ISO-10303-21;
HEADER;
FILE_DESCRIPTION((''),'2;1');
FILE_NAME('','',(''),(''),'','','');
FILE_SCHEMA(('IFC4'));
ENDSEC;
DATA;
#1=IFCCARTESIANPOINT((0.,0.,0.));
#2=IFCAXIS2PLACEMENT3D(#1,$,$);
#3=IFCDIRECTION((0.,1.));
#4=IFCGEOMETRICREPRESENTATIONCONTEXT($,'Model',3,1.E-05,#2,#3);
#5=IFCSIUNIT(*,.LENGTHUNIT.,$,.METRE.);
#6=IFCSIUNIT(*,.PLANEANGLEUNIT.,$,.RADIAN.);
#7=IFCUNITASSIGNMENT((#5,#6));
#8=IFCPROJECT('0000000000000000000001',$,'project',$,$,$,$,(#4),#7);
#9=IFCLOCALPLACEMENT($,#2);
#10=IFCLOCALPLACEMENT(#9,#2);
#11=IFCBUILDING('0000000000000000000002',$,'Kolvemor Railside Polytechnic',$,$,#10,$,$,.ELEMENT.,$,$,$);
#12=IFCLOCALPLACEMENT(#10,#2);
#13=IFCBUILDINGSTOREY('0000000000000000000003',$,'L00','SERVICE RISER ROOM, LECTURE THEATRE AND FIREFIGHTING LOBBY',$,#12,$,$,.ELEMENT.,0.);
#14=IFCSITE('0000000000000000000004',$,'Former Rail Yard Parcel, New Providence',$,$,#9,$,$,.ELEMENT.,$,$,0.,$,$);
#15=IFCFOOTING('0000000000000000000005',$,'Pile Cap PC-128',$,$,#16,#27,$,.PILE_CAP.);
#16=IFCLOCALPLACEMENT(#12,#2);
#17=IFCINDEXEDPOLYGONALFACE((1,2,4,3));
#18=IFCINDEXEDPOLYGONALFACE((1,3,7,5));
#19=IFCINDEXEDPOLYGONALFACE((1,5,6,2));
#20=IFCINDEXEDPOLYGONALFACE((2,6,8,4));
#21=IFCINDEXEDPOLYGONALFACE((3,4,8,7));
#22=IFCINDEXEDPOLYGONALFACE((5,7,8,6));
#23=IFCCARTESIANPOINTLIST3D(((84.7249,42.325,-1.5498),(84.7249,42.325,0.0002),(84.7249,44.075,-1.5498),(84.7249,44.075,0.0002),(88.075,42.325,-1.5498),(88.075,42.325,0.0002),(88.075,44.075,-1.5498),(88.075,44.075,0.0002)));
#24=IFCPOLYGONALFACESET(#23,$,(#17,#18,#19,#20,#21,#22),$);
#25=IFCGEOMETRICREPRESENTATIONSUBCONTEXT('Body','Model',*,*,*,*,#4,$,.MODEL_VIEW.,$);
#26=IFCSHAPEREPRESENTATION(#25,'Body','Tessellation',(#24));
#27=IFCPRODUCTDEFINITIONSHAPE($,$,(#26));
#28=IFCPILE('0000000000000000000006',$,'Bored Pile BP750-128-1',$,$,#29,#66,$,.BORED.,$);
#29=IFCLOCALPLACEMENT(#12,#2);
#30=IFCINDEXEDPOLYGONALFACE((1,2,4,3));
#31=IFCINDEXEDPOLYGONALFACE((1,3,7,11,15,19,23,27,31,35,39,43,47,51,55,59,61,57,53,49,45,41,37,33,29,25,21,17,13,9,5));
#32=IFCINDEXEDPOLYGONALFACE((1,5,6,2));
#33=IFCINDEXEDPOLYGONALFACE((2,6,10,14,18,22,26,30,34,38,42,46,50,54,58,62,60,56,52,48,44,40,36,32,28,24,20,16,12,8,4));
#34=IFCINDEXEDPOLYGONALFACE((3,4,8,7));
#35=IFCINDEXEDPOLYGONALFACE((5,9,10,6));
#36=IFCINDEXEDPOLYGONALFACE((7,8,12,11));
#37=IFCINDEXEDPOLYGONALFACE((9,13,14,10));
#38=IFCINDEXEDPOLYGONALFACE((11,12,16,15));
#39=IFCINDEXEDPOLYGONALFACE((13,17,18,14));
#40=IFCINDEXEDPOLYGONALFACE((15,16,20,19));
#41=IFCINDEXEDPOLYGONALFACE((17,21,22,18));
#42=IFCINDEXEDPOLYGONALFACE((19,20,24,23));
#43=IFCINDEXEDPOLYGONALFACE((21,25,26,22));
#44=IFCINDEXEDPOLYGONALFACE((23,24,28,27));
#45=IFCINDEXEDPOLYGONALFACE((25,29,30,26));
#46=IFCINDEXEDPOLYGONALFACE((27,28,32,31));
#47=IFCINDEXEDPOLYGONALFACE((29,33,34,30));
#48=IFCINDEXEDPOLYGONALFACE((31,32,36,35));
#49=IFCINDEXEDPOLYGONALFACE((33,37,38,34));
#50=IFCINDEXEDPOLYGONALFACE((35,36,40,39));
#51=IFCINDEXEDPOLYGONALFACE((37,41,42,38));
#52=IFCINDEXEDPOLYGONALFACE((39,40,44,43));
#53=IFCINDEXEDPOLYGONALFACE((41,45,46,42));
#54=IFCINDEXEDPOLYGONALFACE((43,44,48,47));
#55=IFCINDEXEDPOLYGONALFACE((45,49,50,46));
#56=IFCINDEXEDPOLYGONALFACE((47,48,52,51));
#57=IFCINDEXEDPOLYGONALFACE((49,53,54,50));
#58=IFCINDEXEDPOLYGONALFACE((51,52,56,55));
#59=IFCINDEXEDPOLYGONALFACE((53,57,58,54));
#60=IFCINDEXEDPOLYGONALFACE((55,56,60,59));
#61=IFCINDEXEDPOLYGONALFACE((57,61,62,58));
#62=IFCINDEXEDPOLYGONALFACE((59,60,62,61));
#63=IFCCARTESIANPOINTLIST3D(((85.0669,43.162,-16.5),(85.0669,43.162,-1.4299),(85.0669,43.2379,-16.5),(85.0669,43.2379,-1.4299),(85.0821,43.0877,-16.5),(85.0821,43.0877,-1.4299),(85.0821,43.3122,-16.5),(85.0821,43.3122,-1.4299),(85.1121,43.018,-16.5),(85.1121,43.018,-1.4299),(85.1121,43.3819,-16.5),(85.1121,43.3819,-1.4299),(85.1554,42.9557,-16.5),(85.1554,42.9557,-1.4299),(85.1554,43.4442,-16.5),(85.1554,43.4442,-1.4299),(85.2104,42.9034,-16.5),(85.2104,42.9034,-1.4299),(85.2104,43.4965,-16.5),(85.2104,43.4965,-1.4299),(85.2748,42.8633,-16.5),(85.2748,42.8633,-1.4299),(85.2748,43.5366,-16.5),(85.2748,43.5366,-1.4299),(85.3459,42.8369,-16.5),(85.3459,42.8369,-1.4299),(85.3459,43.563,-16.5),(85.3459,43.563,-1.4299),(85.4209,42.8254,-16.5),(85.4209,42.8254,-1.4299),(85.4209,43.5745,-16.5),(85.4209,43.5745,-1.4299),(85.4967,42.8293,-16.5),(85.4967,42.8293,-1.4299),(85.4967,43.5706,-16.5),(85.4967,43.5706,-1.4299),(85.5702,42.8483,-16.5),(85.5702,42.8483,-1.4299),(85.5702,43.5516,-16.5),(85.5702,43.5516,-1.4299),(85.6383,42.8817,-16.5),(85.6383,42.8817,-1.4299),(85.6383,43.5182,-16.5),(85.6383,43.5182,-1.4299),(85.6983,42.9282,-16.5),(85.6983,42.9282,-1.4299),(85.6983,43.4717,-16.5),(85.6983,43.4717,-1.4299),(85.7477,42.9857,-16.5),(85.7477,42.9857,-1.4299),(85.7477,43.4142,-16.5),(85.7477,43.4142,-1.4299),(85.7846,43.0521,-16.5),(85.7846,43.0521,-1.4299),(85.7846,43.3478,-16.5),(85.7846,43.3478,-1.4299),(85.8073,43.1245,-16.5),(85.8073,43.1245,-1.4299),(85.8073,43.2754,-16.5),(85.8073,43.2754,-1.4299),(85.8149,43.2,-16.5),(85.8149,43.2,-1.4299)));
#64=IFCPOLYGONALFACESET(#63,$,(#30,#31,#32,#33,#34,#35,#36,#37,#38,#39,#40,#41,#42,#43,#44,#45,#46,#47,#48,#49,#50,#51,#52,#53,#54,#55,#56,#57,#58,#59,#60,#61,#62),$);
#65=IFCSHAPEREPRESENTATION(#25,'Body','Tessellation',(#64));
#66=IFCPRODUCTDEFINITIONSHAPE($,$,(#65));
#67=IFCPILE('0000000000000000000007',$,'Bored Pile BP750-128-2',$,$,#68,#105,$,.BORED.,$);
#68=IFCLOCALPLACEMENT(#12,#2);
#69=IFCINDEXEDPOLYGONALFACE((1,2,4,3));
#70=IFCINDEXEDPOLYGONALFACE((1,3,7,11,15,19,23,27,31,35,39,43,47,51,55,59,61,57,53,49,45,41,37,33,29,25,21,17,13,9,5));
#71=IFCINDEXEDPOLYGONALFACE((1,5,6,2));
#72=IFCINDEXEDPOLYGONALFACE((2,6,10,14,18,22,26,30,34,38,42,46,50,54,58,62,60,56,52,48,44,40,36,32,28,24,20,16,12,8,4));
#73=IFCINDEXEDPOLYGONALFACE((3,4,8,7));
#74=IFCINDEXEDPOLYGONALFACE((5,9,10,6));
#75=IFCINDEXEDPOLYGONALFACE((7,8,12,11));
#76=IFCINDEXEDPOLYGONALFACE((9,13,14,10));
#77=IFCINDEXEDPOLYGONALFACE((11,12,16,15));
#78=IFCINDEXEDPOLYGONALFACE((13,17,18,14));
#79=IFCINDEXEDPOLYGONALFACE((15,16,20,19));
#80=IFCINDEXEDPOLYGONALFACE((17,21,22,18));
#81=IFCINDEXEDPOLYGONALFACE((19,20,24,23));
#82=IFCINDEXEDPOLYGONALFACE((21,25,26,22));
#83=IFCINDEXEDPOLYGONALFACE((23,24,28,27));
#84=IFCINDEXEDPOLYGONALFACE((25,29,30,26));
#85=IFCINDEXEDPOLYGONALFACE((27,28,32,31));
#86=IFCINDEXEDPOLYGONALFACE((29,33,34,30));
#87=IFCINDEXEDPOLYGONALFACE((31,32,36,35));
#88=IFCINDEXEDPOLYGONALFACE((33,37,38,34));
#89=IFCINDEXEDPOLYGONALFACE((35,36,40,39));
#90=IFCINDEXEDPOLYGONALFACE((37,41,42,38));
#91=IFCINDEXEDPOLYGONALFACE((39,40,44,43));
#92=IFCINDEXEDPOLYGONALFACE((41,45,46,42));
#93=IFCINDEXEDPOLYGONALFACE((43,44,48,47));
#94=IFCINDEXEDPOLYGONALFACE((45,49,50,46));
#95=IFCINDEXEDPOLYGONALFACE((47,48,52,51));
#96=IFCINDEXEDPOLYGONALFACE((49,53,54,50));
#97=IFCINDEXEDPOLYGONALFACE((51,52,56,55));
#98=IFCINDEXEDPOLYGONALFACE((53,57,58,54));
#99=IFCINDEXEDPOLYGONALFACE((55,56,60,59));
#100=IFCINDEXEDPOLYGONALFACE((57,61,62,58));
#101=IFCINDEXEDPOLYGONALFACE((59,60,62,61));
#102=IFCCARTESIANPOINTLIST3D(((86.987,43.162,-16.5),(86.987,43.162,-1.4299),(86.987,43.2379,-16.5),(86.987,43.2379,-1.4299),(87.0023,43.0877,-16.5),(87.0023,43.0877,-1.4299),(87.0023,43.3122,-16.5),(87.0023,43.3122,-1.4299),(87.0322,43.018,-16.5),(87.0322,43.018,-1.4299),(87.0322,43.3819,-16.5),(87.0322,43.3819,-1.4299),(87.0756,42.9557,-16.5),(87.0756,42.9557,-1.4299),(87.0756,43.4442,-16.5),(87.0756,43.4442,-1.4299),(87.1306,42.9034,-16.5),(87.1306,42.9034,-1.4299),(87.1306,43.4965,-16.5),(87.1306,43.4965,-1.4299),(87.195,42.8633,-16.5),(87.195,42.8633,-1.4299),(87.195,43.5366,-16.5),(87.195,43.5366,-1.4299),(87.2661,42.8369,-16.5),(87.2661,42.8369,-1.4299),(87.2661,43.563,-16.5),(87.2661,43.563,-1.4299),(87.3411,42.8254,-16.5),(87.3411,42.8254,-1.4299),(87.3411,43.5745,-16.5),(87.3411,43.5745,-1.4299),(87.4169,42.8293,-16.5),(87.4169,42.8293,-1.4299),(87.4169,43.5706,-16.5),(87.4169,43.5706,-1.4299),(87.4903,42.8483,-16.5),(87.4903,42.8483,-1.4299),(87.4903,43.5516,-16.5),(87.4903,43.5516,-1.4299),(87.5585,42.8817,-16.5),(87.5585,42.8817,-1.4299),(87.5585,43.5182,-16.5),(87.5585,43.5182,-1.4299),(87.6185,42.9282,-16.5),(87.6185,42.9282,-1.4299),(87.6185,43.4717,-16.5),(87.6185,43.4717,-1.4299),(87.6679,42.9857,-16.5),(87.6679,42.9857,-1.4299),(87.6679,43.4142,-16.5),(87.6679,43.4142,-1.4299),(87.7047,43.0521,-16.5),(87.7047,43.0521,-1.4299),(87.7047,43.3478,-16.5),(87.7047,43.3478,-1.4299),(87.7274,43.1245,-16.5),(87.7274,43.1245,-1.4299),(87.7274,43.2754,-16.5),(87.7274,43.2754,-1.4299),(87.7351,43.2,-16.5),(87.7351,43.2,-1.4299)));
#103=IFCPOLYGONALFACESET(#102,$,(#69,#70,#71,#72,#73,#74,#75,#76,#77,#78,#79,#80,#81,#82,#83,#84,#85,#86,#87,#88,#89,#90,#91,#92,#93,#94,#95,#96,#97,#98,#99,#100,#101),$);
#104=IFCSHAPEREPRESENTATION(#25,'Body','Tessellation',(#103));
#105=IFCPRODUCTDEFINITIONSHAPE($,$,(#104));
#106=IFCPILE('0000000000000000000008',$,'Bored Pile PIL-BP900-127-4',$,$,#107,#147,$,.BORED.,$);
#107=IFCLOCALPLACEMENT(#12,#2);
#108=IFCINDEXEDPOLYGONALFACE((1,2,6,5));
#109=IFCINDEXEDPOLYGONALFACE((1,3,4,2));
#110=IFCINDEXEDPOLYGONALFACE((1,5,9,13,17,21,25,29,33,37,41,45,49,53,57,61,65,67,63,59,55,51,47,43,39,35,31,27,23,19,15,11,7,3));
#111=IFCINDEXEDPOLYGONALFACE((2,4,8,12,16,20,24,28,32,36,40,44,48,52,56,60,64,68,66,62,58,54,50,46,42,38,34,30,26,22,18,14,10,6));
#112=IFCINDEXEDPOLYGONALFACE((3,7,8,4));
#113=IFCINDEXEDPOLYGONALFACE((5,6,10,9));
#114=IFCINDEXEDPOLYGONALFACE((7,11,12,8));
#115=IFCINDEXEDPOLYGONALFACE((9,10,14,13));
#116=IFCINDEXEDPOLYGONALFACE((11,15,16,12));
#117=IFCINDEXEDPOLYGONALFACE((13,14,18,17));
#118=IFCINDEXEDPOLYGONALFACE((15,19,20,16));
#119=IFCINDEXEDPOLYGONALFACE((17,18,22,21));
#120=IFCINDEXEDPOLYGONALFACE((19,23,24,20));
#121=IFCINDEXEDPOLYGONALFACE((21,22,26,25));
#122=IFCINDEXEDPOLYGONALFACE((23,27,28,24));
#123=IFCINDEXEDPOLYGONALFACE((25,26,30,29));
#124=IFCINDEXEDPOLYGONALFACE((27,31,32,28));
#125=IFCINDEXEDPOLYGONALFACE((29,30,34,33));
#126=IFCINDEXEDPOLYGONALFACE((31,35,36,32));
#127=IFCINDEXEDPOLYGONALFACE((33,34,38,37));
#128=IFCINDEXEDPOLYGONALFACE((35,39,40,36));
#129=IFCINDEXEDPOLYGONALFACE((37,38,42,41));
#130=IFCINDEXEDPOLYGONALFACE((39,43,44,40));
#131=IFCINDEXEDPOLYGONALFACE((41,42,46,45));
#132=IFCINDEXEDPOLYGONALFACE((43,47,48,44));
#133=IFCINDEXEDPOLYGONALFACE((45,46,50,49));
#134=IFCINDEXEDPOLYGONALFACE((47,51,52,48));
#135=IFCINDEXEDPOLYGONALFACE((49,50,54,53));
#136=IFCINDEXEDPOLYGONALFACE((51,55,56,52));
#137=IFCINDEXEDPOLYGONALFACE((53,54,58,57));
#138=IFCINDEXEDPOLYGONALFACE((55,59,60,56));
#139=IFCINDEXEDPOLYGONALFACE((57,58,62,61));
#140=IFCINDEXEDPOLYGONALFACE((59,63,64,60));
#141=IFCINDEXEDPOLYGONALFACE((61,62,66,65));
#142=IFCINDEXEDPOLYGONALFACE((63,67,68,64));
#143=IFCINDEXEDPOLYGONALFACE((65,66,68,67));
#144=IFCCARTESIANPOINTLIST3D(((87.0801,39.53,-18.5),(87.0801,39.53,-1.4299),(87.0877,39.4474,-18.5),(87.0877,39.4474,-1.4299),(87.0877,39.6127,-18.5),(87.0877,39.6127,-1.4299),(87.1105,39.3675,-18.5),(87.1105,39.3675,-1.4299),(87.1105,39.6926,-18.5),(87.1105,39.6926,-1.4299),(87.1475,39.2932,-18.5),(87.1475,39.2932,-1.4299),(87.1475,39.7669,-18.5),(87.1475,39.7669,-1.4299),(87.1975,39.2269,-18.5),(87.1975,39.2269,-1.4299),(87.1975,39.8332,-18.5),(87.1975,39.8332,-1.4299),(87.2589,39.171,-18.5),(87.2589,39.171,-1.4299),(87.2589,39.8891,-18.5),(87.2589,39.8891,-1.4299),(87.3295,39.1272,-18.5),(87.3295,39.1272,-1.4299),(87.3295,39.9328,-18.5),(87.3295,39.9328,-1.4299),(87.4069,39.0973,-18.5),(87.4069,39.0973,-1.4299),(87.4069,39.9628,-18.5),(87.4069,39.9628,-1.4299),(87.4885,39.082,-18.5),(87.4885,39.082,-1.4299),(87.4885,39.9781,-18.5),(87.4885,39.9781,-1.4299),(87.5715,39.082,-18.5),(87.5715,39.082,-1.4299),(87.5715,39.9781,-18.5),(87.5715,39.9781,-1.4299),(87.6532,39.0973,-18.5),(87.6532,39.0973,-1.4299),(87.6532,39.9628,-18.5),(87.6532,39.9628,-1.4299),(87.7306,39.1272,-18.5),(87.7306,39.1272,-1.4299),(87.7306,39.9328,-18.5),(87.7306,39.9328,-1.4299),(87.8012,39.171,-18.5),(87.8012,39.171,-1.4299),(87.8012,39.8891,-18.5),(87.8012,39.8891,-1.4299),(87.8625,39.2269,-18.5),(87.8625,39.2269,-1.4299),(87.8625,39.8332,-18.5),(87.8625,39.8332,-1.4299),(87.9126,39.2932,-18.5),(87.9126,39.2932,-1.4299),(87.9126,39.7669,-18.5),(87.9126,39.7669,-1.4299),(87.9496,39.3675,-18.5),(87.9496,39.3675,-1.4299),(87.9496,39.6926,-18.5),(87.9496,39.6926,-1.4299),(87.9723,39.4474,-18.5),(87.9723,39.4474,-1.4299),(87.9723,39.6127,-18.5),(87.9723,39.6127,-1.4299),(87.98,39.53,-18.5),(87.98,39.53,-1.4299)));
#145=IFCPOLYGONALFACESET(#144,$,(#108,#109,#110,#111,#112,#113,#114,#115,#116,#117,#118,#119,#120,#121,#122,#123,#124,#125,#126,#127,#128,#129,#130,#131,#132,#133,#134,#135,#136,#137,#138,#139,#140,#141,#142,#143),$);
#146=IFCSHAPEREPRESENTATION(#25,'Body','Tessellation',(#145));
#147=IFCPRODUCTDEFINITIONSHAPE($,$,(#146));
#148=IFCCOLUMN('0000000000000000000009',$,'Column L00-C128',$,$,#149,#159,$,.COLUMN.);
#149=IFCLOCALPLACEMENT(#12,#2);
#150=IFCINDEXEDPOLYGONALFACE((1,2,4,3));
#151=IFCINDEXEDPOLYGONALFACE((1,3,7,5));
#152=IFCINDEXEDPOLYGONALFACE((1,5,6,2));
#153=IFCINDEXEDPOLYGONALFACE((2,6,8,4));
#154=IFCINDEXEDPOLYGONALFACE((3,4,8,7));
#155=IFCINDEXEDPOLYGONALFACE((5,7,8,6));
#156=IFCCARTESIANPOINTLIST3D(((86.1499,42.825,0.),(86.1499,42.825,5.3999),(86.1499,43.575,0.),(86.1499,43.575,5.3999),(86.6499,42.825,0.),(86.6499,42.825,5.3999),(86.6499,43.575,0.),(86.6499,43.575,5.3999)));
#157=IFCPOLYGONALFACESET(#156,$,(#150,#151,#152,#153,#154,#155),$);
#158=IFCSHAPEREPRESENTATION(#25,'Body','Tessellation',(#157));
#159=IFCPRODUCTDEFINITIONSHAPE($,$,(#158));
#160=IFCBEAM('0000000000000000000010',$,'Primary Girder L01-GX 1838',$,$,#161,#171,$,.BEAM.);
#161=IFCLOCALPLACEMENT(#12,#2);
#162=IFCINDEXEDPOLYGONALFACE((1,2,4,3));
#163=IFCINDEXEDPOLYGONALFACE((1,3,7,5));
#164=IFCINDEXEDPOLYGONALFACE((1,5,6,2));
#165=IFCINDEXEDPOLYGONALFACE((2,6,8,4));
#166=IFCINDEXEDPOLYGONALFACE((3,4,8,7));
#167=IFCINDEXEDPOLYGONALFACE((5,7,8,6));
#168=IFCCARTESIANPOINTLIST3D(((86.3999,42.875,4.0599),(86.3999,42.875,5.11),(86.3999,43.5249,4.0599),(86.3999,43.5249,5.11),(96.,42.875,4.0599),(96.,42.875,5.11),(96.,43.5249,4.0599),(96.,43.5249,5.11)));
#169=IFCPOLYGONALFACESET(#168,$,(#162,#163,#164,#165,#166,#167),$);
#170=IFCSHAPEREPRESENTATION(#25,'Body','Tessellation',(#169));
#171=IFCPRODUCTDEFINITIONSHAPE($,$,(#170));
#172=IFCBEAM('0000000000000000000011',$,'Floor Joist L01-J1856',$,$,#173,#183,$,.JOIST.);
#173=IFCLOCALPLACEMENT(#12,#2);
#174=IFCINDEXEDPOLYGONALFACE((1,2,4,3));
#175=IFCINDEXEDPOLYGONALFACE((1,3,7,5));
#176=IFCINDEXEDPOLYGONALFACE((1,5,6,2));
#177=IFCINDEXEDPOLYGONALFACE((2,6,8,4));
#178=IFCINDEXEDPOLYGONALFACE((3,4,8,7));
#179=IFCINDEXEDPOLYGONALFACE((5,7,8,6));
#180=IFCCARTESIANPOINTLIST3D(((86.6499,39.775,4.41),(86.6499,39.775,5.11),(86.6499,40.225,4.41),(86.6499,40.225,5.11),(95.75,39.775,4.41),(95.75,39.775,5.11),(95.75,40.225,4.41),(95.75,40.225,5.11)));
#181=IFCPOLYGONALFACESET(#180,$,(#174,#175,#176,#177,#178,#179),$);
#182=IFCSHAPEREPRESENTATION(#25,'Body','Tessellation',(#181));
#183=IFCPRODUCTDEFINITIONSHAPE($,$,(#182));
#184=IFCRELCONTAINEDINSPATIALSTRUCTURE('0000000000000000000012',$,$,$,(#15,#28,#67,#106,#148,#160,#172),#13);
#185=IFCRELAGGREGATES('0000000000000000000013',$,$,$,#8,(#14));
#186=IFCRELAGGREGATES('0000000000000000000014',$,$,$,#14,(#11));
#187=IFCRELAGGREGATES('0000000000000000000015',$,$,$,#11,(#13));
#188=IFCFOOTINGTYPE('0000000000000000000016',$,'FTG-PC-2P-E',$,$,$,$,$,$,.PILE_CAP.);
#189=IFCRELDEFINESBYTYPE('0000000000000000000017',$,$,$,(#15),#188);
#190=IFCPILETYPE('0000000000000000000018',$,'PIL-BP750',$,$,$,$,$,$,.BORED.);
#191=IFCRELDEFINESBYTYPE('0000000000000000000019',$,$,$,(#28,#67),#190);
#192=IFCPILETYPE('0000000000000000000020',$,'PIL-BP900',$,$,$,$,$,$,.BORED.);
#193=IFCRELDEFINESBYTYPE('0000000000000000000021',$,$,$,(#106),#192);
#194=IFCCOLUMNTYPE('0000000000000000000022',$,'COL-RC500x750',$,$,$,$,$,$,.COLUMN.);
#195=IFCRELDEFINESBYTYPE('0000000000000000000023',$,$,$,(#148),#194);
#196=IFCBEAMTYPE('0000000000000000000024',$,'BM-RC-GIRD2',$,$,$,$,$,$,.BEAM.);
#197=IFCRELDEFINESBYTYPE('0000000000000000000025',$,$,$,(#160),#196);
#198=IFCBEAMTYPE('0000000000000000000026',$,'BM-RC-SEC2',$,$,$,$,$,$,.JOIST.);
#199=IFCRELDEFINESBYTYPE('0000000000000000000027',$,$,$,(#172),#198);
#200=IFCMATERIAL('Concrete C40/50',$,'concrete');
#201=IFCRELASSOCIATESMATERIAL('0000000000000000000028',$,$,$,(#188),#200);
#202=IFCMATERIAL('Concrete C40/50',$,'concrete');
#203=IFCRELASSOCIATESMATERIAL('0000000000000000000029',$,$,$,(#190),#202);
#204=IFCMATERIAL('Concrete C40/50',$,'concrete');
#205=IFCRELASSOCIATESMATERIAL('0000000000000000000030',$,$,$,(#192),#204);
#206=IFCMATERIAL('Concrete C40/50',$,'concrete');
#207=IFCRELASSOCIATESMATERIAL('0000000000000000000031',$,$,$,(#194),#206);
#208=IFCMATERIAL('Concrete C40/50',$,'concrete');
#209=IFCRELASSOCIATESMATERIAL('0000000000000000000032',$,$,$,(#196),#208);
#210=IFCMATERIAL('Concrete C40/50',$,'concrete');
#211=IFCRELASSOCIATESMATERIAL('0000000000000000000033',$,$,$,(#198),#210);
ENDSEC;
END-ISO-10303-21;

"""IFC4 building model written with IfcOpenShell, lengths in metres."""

from ifc_helpers import new_model, si_unit, direction, frame, origin, origin_2d, place, context, subcontext, project, spatial, rectangle, circle, extrude, material, material_profile, profile_set, type_object, element, save


model = new_model("IFC4")

# Units and contexts
model_context = context("Model", 3, precision=1e-05, world=origin(), true_north=direction((0.0, 1.0)))
body_context = subcontext(model_context, "Body", "Model", "MODEL_VIEW")
ifc_project = project(units=[si_unit("LENGTHUNIT", "METRE"), si_unit("PLANEANGLEUNIT", "RADIAN")], contexts=[model_context])

# Site, building, storey
site_placement = place(None, origin())
site = spatial("IfcSite", under=ifc_project, at=site_placement, Name="Former Rail Yard Parcel, New Providence", CompositionType="ELEMENT", RefElevation=0.0)
building_placement = place(site_placement, origin())
building = spatial("IfcBuilding", under=site, at=building_placement, Name="Kolvemor Railside Polytechnic", CompositionType="ELEMENT")
storey_placement = place(building_placement, origin())
storey = spatial("IfcBuildingStorey", under=building, at=storey_placement, Name="L00", Description="SERVICE RISER ROOM, LECTURE THEATRE AND FIREFIGHTING LOBBY", CompositionType="ELEMENT", Elevation=0.0)

# Footing
ifc_material_1 = material(Name="Concrete C40/50", Category="concrete")
footing_type = type_object("IfcFootingType", Name="FTG-PC-2P-E", PredefinedType="PILE_CAP", material=ifc_material_1)
footing_placement = place(storey_placement, frame((86.3999, 43.2, -1.5498), z_axis=(0.0, 0.0, 1.0), x_axis=(1.0, 0.0, 0.0)))
element("IfcFooting", 1, at=footing_placement, inside=storey, type_object=footing_type, Name="Pile Cap PC-128", PredefinedType="PILE_CAP", context=body_context, shape_type="SweptSolid", body=[
    extrude(rectangle(XDim=3.3501, YDim=1.75, at=origin_2d()), origin(), (0.0, 0.0, 1.0), 1.55),
])

# Piles
ifc_material_2 = material(Name="Concrete C40/50", Category="concrete")
ifc_material_profile_1 = material_profile(ifc_material_2, circle(Radius=0.375, at=origin_2d()), Name="BP750")
ifc_profile_set_1 = profile_set([ifc_material_profile_1], Name="Concrete C40/50")
pile_type_1 = type_object("IfcPileType", Name="PIL-BP750", PredefinedType="BORED", material=ifc_profile_set_1)
for number, where, z_axis, x_axis, name in (
    (2, (85.4399, 43.2, -1.4299), (0.0, 0.0, -1.0), (1.0, 0.0, 0.0), "Bored Pile BP750-128-1"),
    (3, (87.3601, 43.2, -1.4299), (0.0, 0.0, -1.0), (1.0, 0.0, 0.0), "Bored Pile BP750-128-2"),
):
    element("IfcPile", number, at=place(storey_placement, frame(where, z_axis=z_axis, x_axis=x_axis)), inside=storey, type_object=pile_type_1, Name=name, PredefinedType="BORED", context=body_context, shape_type="SweptSolid", body=[
        extrude(circle(Radius=0.375, at=origin_2d()), origin(), (0.0, 0.0, 1.0), 15.0701),
    ])
ifc_material_3 = material(Name="Concrete C40/50", Category="concrete")
ifc_material_profile_2 = material_profile(ifc_material_3, circle(Radius=0.45, at=origin_2d()), Name="BP900")
ifc_profile_set_2 = profile_set([ifc_material_profile_2], Name="Concrete C40/50")
pile_type_2 = type_object("IfcPileType", Name="PIL-BP900", PredefinedType="BORED", material=ifc_profile_set_2)
pile_placement = place(storey_placement, frame((87.53, 39.53, -1.4299), z_axis=(0.0, 0.0, -1.0), x_axis=(1.0, 0.0, 0.0)))
element("IfcPile", 4, at=pile_placement, inside=storey, type_object=pile_type_2, Name="Bored Pile PIL-BP900-127-4", PredefinedType="BORED", context=body_context, shape_type="SweptSolid", body=[
    extrude(circle(Radius=0.45, at=origin_2d()), origin(), (0.0, 0.0, 1.0), 17.0701),
])

# Column
ifc_material_4 = material(Name="Concrete C40/50", Category="concrete")
ifc_material_profile_3 = material_profile(ifc_material_4, rectangle(XDim=0.5, YDim=0.75, at=origin_2d()), Name="RC500x750")
ifc_profile_set_3 = profile_set([ifc_material_profile_3], Name="Concrete C40/50")
column_type = type_object("IfcColumnType", Name="COL-RC500x750", PredefinedType="COLUMN", material=ifc_profile_set_3)
column_placement = place(storey_placement, frame((86.3999, 43.2, 0.0), z_axis=(0.0, 0.0, 1.0), x_axis=(1.0, 0.0, 0.0)))
element("IfcColumn", 5, at=column_placement, inside=storey, type_object=column_type, Name="Column L00-C128", PredefinedType="COLUMN", context=body_context, shape_type="SweptSolid", body=[
    extrude(rectangle(XDim=0.5, YDim=0.75, at=origin_2d()), origin(), (0.0, 0.0, 1.0), 5.3999),
])

# Beams
ifc_material_5 = material(Name="Concrete C40/50", Category="concrete")
ifc_material_profile_4 = material_profile(ifc_material_5, rectangle(XDim=0.6499, YDim=1.05, at=origin_2d()), Name="RC650x1050")
ifc_profile_set_4 = profile_set([ifc_material_profile_4], Name="Concrete C40/50")
beam_type_1 = type_object("IfcBeamType", Name="BM-RC-GIRD2", PredefinedType="BEAM", material=ifc_profile_set_4)
beam_1_placement = place(storey_placement, frame((86.3999, 43.2, 4.585), z_axis=(1.0, 0.0, 0.0), x_axis=(0.0, 1.0, 0.0)))
element("IfcBeam", 6, at=beam_1_placement, inside=storey, type_object=beam_type_1, Name="Primary Girder L01-GX 1838", PredefinedType="BEAM", context=body_context, shape_type="SweptSolid", body=[
    extrude(rectangle(XDim=0.6499, YDim=1.05, at=origin_2d()), origin(), (0.0, 0.0, 1.0), 9.6001),
])
ifc_material_6 = material(Name="Concrete C40/50", Category="concrete")
ifc_material_profile_5 = material_profile(ifc_material_6, rectangle(XDim=0.45, YDim=0.7, at=origin_2d()), Name="RC450x700")
ifc_profile_set_5 = profile_set([ifc_material_profile_5], Name="Concrete C40/50")
beam_type_2 = type_object("IfcBeamType", Name="BM-RC-SEC2", PredefinedType="JOIST", material=ifc_profile_set_5)
for number, where, z_axis, x_axis, name in (
    (7, (86.6499, 40.0, 4.76), (1.0, 0.0, 0.0), (0.0, 1.0, 0.0), "Floor Joist L01-J1856"),
):
    element("IfcBeam", number, at=place(storey_placement, frame(where, z_axis=z_axis, x_axis=x_axis)), inside=storey, type_object=beam_type_2, Name=name, PredefinedType="JOIST", context=body_context, shape_type="SweptSolid", body=[
        extrude(rectangle(XDim=0.45, YDim=0.7, at=origin_2d()), origin(), (0.0, 0.0, 1.0), 9.1001),
    ])

save(model, "model.ifc")
